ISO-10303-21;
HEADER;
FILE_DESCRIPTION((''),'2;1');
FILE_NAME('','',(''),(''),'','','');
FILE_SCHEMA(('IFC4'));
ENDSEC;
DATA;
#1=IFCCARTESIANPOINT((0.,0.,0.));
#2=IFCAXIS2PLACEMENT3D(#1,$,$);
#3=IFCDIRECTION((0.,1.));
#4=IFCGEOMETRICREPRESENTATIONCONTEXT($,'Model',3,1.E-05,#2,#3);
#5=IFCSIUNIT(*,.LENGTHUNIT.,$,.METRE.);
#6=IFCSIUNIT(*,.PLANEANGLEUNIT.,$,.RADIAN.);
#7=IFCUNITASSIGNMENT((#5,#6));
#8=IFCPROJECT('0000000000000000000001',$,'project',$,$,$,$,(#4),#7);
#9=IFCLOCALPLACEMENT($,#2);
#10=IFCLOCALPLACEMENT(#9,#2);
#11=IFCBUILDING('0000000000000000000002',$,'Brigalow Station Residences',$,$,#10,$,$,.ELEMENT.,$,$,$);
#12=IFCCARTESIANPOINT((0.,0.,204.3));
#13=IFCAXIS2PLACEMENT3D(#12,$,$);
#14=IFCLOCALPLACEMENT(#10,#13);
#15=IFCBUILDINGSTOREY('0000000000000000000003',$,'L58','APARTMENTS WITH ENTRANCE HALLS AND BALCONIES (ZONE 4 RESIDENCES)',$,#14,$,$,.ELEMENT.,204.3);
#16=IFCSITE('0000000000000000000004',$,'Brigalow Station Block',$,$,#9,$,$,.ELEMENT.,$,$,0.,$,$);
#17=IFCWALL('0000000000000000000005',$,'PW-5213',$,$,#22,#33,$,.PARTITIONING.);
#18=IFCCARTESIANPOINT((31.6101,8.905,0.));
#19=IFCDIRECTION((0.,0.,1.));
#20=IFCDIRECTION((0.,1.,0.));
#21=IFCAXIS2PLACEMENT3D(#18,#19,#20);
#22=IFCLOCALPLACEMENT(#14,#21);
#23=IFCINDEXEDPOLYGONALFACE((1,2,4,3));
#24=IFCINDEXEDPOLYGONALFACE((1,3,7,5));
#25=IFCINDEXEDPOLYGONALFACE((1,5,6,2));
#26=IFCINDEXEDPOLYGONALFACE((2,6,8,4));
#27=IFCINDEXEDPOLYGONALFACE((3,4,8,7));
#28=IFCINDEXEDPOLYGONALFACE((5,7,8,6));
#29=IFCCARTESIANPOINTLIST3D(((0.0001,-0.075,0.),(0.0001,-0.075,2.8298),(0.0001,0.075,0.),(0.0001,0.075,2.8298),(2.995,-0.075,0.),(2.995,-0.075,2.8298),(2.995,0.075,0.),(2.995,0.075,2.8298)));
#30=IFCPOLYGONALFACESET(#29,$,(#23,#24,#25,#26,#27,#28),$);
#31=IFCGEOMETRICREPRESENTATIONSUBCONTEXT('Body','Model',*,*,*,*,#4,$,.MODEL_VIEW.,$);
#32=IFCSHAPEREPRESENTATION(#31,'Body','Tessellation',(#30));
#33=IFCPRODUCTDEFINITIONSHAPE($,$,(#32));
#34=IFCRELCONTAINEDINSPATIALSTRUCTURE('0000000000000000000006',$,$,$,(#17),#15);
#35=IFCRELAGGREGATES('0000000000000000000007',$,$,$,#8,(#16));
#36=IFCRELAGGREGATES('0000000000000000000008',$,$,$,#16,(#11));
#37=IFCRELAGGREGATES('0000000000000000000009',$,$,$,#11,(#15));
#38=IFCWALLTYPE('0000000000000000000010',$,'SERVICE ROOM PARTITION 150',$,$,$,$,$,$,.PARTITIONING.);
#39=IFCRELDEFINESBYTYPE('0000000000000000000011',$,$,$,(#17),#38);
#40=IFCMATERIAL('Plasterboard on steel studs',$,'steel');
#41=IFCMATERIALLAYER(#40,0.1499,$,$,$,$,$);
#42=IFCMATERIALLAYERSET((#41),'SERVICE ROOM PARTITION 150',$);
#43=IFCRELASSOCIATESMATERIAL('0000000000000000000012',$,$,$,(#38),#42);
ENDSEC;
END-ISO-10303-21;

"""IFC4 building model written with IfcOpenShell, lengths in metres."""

from ifc_helpers import new_model, si_unit, direction, frame, frame_2d, origin, place, context, subcontext, project, spatial, rectangle, extrude, material, layer, layer_set, type_object, element, save


model = new_model("IFC4")

# Units and contexts
model_context = context("Model", 3, precision=1e-05, world=origin(), true_north=direction((0.0, 1.0)))
body_context = subcontext(model_context, "Body", "Model", "MODEL_VIEW")
ifc_project = project(units=[si_unit("LENGTHUNIT", "METRE"), si_unit("PLANEANGLEUNIT", "RADIAN")], contexts=[model_context])

# Site, building, storey
site_placement = place(None, origin())
site = spatial("IfcSite", under=ifc_project, at=site_placement, Name="Brigalow Station Block", CompositionType="ELEMENT", RefElevation=0.0)
building_placement = place(site_placement, origin())
building = spatial("IfcBuilding", under=site, at=building_placement, Name="Brigalow Station Residences", CompositionType="ELEMENT")
storey_placement = place(building_placement, frame((0.0, 0.0, 204.3)))
storey = spatial("IfcBuildingStorey", under=building, at=storey_placement, Name="L58", Description="APARTMENTS WITH ENTRANCE HALLS AND BALCONIES (ZONE 4 RESIDENCES)", CompositionType="ELEMENT", Elevation=204.3)

# Shared definitions
ifc_material_1 = material(Name="Plasterboard on steel studs", Category="steel")
ifc_layer_1 = layer(ifc_material_1, 0.1499)
ifc_layer_set_1 = layer_set([ifc_layer_1], Name="SERVICE ROOM PARTITION 150")
wall_type_1 = type_object("IfcWallType", Name="SERVICE ROOM PARTITION 150", PredefinedType="PARTITIONING", material=ifc_layer_set_1)

# Wall
wall_1_placement = place(storey_placement, frame((31.6101, 8.905, 0.0), z_axis=(0.0, 0.0, 1.0), x_axis=(0.0, 1.0, 0.0)))
element("IfcWall", 1, at=wall_1_placement, inside=storey, type_object=wall_type_1, Name="PW-5213", PredefinedType="PARTITIONING", context=body_context, shape_type="SweptSolid", body=[
    extrude(rectangle(XDim=2.9949, YDim=0.1499, at=frame_2d((1.4976, 0.0))), origin(), (0.0, 0.0, 1.0), 2.8298),
])

save(model, "model.ifc")
